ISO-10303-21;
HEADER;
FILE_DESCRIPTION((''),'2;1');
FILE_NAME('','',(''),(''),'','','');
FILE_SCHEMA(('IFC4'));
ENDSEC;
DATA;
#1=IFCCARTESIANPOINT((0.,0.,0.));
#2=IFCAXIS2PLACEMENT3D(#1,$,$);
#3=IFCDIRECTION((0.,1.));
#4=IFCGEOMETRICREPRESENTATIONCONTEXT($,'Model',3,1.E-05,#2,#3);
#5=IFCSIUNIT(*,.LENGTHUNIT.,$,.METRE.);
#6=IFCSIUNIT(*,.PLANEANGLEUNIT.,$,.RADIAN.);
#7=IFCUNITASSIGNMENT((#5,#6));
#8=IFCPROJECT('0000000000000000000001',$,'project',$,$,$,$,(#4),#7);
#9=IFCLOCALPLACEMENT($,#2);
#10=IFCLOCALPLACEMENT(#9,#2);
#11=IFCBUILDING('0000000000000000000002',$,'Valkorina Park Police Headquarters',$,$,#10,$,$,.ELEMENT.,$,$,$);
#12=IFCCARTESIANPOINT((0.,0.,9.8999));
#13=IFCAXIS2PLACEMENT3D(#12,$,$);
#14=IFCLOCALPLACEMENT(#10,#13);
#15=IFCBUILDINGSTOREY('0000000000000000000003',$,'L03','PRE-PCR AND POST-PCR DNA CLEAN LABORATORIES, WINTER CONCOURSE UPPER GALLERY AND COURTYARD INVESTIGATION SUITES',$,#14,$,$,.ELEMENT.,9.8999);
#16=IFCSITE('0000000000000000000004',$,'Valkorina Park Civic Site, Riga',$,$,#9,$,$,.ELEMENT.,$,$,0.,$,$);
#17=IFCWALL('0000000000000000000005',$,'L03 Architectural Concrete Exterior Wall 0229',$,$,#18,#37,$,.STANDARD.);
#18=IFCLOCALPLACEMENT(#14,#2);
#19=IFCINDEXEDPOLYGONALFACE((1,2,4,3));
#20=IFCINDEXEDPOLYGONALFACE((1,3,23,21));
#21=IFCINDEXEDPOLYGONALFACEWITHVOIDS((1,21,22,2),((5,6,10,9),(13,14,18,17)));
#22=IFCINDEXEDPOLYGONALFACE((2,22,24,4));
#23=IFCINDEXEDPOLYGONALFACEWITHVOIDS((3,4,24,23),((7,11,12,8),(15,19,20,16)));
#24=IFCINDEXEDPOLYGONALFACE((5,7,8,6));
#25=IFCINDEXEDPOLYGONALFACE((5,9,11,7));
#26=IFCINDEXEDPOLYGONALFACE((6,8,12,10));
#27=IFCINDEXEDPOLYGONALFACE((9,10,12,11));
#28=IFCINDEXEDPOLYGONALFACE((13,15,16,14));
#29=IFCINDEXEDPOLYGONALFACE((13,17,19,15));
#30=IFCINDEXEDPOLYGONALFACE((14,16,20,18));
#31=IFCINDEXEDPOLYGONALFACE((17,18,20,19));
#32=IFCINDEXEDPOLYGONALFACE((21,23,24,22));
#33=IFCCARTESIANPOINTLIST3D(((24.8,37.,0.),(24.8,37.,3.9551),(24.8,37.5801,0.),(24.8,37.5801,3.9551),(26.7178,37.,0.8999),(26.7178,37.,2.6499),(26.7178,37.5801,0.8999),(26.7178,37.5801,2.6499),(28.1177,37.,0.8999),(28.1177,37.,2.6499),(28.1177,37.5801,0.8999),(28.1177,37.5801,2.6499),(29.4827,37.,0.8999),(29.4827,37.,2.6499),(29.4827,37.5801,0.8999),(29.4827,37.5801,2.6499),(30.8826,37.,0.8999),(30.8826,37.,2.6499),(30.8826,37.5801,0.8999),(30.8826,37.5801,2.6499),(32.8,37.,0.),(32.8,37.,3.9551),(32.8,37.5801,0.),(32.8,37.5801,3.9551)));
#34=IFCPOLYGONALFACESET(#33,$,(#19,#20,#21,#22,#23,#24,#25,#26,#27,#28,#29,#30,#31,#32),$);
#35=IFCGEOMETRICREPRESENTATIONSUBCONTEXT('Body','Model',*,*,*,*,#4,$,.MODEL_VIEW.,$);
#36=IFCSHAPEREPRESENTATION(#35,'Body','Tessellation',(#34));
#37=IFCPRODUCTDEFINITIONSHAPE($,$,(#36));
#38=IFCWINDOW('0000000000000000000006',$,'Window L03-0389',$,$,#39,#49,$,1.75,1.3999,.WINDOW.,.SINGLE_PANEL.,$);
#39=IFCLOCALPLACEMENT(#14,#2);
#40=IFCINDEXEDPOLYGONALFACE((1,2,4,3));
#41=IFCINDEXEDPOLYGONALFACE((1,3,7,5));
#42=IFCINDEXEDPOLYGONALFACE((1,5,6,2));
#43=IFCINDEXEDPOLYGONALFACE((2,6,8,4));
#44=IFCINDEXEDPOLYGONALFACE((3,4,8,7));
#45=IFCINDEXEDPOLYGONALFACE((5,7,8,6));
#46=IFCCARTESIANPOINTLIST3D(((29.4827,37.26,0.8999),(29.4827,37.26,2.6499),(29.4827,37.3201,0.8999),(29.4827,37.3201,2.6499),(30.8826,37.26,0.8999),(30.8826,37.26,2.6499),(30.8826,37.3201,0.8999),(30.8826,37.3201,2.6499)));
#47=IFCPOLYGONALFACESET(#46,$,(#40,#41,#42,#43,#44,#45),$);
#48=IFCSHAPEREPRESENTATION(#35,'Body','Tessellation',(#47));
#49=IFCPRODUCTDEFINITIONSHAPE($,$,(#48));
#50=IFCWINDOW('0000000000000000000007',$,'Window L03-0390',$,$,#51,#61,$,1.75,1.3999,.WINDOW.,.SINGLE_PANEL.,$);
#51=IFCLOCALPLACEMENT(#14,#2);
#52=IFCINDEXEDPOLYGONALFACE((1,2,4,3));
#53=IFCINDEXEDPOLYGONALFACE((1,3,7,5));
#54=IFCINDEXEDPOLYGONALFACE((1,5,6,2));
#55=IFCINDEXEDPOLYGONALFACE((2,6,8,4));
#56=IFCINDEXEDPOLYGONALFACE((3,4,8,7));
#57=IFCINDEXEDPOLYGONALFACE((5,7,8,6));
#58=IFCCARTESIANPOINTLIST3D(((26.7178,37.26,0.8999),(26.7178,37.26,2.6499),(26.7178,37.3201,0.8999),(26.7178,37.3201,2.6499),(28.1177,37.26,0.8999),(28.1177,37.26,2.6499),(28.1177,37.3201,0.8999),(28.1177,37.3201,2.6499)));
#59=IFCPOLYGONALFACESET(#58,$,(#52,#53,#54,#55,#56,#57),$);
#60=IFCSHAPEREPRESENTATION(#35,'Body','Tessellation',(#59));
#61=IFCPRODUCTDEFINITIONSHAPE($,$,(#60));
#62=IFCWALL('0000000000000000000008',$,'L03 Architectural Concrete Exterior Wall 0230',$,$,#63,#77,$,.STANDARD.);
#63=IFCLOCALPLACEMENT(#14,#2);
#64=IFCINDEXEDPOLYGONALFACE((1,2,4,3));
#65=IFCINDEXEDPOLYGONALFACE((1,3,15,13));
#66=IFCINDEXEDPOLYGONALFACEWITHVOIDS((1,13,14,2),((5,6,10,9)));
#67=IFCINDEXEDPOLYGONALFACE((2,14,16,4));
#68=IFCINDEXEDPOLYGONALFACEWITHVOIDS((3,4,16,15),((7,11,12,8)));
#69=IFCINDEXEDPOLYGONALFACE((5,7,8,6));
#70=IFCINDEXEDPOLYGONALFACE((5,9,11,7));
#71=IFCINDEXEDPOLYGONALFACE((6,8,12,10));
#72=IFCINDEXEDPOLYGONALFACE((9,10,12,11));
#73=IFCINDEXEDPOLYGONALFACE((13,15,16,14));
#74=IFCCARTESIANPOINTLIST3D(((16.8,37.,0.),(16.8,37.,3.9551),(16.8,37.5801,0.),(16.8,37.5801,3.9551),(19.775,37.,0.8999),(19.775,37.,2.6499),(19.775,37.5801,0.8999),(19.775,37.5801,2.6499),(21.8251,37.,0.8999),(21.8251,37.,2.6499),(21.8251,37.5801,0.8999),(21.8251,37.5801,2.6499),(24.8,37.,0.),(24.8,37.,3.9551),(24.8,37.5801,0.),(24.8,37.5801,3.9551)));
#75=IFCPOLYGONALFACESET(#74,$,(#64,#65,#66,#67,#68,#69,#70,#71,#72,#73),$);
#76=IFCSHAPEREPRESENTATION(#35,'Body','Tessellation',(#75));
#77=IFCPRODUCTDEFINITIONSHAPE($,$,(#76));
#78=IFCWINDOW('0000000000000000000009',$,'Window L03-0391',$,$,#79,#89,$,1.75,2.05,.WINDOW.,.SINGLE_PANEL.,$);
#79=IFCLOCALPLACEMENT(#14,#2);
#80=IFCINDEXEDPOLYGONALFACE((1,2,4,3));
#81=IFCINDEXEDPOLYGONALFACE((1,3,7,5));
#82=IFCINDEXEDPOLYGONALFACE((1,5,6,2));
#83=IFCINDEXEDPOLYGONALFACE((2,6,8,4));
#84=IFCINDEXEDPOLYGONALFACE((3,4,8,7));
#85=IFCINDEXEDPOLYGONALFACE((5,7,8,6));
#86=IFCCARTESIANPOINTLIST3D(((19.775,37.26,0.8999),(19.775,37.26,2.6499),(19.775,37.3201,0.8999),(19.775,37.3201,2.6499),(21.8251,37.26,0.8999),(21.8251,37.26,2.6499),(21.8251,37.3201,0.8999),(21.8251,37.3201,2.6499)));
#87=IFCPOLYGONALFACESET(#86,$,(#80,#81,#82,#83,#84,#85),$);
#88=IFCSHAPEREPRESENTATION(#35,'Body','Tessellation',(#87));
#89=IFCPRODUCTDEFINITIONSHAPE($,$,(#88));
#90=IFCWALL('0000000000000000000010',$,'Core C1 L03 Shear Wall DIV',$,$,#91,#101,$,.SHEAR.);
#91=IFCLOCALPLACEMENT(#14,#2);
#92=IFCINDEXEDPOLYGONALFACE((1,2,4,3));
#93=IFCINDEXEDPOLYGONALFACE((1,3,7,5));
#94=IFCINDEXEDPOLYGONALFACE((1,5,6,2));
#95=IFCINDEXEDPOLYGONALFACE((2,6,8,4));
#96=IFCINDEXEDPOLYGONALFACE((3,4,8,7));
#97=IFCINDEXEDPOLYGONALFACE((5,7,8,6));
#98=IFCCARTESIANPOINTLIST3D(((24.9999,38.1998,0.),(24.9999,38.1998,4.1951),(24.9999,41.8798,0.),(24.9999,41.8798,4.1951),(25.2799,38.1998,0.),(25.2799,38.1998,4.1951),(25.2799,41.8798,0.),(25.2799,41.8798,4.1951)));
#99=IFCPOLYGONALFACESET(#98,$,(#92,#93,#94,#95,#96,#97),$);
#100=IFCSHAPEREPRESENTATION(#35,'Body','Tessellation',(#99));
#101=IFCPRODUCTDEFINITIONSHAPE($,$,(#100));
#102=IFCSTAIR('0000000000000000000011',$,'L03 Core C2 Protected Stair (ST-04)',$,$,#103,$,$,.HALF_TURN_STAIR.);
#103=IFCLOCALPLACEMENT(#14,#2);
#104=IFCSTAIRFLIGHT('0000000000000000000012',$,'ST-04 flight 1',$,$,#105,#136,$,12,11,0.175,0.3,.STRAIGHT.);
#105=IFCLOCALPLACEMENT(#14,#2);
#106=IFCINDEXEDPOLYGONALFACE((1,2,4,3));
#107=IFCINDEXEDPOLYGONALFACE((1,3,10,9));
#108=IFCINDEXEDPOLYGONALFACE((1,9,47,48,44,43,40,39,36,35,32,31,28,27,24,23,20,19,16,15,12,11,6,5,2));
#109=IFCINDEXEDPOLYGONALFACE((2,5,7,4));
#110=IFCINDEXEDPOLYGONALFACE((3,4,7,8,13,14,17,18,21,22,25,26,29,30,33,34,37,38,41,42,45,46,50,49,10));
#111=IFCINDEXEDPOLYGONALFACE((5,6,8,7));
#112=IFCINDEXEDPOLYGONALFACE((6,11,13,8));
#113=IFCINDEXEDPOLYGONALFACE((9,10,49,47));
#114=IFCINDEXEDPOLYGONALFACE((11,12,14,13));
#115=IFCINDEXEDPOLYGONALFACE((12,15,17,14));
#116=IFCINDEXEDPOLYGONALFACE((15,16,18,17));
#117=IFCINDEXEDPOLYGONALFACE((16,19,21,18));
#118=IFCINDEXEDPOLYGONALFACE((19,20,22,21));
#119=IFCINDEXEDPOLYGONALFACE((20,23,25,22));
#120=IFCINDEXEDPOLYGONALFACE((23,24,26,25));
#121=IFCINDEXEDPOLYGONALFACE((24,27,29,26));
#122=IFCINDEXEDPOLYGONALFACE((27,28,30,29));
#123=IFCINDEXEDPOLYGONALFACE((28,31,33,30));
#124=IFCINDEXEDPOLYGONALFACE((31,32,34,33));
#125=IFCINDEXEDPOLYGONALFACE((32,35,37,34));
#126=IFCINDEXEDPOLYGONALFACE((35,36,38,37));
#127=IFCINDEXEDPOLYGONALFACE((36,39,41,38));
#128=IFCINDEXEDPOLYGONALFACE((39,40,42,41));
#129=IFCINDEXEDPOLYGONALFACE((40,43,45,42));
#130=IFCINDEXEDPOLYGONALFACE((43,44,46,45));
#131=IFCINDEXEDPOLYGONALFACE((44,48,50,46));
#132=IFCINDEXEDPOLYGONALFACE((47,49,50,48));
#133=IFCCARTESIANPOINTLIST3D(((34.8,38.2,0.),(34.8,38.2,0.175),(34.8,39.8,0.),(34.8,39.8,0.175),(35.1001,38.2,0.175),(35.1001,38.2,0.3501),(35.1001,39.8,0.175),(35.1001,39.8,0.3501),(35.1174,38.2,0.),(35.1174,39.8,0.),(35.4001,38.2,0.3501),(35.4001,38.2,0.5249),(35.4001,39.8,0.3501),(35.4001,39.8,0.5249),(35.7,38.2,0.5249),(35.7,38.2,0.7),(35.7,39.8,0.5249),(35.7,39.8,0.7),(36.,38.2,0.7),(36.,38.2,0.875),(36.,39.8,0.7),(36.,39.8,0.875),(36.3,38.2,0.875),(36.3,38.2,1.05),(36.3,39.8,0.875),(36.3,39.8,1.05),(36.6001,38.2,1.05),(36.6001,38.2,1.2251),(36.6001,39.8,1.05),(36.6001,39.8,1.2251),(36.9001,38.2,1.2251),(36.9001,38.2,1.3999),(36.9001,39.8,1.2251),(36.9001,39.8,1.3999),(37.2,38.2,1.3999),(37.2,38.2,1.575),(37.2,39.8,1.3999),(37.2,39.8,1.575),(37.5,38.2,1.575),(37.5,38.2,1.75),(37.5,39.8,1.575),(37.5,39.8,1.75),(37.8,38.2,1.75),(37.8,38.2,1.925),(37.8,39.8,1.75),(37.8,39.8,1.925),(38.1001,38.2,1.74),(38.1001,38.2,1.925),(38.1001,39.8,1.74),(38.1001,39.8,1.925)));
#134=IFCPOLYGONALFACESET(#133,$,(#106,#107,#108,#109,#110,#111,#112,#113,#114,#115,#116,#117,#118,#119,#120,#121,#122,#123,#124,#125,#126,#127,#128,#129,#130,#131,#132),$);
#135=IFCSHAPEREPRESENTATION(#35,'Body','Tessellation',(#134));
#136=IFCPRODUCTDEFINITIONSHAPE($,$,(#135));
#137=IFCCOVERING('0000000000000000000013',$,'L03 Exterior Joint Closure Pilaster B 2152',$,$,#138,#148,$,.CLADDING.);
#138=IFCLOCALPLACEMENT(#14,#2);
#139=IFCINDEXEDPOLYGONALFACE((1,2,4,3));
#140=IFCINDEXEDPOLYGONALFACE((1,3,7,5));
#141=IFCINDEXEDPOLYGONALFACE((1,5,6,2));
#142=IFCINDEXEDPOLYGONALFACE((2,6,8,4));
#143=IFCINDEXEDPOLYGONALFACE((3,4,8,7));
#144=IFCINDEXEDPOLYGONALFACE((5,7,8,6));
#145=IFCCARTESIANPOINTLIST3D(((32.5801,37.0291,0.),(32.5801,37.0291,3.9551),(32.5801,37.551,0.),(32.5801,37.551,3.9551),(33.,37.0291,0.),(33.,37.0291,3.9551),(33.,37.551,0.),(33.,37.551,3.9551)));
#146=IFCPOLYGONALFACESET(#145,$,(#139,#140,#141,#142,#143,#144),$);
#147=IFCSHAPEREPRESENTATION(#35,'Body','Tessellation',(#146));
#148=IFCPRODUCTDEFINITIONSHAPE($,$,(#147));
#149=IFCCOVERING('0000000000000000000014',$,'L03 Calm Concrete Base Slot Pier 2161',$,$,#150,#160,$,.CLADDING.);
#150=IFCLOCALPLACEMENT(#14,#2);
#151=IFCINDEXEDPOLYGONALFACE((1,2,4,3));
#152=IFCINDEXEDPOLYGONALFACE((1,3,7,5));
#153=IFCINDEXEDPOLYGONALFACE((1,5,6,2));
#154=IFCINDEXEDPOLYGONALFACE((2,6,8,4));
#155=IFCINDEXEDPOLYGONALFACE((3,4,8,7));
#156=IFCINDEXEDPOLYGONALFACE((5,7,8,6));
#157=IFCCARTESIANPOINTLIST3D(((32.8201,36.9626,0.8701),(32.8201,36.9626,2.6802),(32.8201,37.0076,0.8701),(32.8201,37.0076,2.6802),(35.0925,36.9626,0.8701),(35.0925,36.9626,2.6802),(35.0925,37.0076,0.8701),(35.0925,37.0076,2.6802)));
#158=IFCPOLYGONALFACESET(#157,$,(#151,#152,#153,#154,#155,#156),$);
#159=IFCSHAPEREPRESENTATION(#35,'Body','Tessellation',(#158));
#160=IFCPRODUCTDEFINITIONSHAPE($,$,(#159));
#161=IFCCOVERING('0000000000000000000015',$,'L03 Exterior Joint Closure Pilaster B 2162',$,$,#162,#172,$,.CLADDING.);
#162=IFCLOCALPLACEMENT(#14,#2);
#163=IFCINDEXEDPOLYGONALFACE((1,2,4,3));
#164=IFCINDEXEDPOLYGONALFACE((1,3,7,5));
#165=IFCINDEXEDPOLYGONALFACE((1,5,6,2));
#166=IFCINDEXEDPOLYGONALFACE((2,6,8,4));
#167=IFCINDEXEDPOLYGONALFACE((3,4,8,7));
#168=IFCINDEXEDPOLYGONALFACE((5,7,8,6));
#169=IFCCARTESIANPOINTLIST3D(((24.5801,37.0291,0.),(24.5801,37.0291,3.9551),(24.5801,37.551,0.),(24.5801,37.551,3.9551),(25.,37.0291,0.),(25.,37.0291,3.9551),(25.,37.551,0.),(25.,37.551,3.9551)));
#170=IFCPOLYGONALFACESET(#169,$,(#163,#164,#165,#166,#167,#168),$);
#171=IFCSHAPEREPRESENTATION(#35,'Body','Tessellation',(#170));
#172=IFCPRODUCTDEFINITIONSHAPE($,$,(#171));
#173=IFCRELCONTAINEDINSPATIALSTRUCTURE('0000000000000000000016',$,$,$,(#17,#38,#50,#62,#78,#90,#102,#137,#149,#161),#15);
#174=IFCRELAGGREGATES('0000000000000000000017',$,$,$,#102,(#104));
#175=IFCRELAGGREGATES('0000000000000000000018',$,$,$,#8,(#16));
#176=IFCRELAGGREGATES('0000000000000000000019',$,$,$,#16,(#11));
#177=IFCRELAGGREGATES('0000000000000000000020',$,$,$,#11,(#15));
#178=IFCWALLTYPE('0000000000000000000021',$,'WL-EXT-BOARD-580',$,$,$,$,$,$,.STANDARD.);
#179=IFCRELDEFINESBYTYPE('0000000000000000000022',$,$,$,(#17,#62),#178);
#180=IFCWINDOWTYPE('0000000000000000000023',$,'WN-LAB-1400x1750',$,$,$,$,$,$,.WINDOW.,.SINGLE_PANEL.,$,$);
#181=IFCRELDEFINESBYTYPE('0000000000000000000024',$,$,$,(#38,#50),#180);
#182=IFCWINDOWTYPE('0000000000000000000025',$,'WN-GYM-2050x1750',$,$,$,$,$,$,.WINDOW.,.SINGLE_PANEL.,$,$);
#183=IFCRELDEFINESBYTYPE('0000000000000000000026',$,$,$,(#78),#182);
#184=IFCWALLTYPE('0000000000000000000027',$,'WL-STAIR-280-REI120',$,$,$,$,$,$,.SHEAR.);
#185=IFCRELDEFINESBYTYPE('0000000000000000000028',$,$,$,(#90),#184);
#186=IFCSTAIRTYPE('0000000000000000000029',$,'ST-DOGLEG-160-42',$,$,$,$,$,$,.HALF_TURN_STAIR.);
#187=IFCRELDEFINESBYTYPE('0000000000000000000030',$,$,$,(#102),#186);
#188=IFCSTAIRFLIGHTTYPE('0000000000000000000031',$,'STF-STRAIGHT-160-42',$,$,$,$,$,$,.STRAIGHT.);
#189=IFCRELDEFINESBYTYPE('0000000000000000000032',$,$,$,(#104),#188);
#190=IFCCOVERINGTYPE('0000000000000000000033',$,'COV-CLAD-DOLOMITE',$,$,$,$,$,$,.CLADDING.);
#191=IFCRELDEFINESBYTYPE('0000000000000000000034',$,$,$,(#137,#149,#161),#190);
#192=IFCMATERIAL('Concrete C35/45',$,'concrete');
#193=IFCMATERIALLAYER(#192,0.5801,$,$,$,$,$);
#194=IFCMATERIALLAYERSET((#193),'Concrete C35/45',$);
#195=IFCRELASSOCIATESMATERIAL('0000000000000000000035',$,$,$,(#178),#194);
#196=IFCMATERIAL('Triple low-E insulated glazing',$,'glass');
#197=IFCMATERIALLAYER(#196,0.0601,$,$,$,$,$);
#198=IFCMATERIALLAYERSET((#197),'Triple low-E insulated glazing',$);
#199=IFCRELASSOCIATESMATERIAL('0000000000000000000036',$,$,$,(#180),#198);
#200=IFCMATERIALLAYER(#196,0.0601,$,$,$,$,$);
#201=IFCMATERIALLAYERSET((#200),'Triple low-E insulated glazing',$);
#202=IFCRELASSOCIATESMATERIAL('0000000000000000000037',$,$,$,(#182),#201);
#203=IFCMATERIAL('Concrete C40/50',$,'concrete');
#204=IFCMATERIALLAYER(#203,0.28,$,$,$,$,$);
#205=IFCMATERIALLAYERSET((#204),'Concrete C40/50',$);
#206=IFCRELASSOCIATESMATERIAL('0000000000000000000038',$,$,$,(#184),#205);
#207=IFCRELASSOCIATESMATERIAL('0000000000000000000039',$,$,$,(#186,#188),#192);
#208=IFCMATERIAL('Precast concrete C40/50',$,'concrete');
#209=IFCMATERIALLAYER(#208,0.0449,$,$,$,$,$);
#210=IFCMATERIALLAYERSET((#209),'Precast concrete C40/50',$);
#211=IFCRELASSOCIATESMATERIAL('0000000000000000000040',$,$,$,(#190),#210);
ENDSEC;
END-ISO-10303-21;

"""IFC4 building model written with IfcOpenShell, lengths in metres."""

from ifc_helpers import new_model, si_unit, direction, frame, frame_2d, origin, origin_2d, place, context, subcontext, project, spatial, polyline, rectangle, outline, extrude, material, layer, layer_set, type_object, element, fill, aggregate, save


model = new_model("IFC4")

# Units and contexts
model_context = context("Model", 3, precision=1e-05, world=origin(), true_north=direction((0.0, 1.0)))
body_context = subcontext(model_context, "Body", "Model", "MODEL_VIEW")
ifc_project = project(units=[si_unit("LENGTHUNIT", "METRE"), si_unit("PLANEANGLEUNIT", "RADIAN")], contexts=[model_context])

# Site, building, storey
site_placement = place(None, origin())
site = spatial("IfcSite", under=ifc_project, at=site_placement, Name="Valkorina Park Civic Site, Riga", CompositionType="ELEMENT", RefElevation=0.0)
building_placement = place(site_placement, origin())
building = spatial("IfcBuilding", under=site, at=building_placement, Name="Valkorina Park Police Headquarters", CompositionType="ELEMENT")
storey_placement = place(building_placement, frame((0.0, 0.0, 9.8999)))
storey = spatial("IfcBuildingStorey", under=building, at=storey_placement, Name="L03", Description="PRE-PCR AND POST-PCR DNA CLEAN LABORATORIES, WINTER CONCOURSE UPPER GALLERY AND COURTYARD INVESTIGATION SUITES", CompositionType="ELEMENT", Elevation=9.8999)

# Shared definitions
ifc_material_1 = material(Name="Concrete C40/50", Category="concrete")

# Wall, openings, windows
ifc_material_2 = material(Name="Concrete C35/45", Category="concrete")
ifc_layer_1 = layer(ifc_material_2, 0.5801)
ifc_layer_set_1 = layer_set([ifc_layer_1], Name="Concrete C35/45")
wall_type_1 = type_object("IfcWallType", Name="WL-EXT-BOARD-580", PredefinedType="STANDARD", material=ifc_layer_set_1)
wall_1_placement = place(storey_placement, frame((32.8, 37.29, 0.0), z_axis=(0.0, 0.0, 1.0), x_axis=(-1.0, 0.0, 0.0)))
wall_1 = element("IfcWall", 1, at=wall_1_placement, inside=storey, type_object=wall_type_1, Name="L03 Architectural Concrete Exterior Wall 0229", PredefinedType="STANDARD", context=body_context, shape_type="SweptSolid", body=[
    extrude(rectangle(XDim=8.0, YDim=0.5801, at=frame_2d((4.0, 0.0))), origin(), (0.0, 0.0, 1.0), 3.9551),
])
opening_1_placement = place(wall_1_placement, frame((1.9175, 0.0, 0.8999)))
opening_1 = element("IfcOpeningElement", 2, at=opening_1_placement, cuts=wall_1, PredefinedType="OPENING", context=body_context, shape_type="SweptSolid", body=[
    extrude(rectangle(XDim=1.3999, YDim=1.75, at=frame_2d((0.7, 0.875))), frame((0.0, 0.3, 0.0), z_axis=(0.0, -1.0, 0.0), x_axis=(1.0, 0.0, 0.0)), (0.0, 0.0, 1.0), 0.6001),
])
opening_2_placement = place(wall_1_placement, frame((4.6824, 0.0, 0.8999)))
opening_2 = element("IfcOpeningElement", 3, at=opening_2_placement, cuts=wall_1, PredefinedType="OPENING", context=body_context, shape_type="SweptSolid", body=[
    extrude(rectangle(XDim=1.3999, YDim=1.75, at=frame_2d((0.7, 0.875))), frame((0.0, 0.3, 0.0), z_axis=(0.0, -1.0, 0.0), x_axis=(1.0, 0.0, 0.0)), (0.0, 0.0, 1.0), 0.6001),
])
ifc_material_3 = material(Name="Triple low-E insulated glazing", Category="glass")
ifc_layer_2 = layer(ifc_material_3, 0.0601)
ifc_layer_set_2 = layer_set([ifc_layer_2], Name="Triple low-E insulated glazing")
window_type_1 = type_object("IfcWindowType", Name="WN-LAB-1400x1750", PartitioningType="SINGLE_PANEL", PredefinedType="WINDOW", material=ifc_layer_set_2)
window_1_placement = place(opening_1_placement, origin())
window_1 = element("IfcWindow", 4, at=window_1_placement, inside=storey, type_object=window_type_1, Name="Window L03-0389", OverallHeight=1.75, OverallWidth=1.3999, PartitioningType="SINGLE_PANEL", PredefinedType="WINDOW", context=body_context, shape_type="SweptSolid", body=[
    extrude(rectangle(XDim=1.3999, YDim=1.75, at=frame_2d((0.7, 0.875))), frame((0.0, 0.03, 0.0), z_axis=(0.0, -1.0, 0.0), x_axis=(1.0, 0.0, 0.0)), (0.0, 0.0, 1.0), 0.0601),
])
fill(opening_1, window_1)
window_2_placement = place(opening_2_placement, origin())
window_2 = element("IfcWindow", 5, at=window_2_placement, inside=storey, type_object=window_type_1, Name="Window L03-0390", OverallHeight=1.75, OverallWidth=1.3999, PartitioningType="SINGLE_PANEL", PredefinedType="WINDOW", context=body_context, shape_type="SweptSolid", body=[
    extrude(rectangle(XDim=1.3999, YDim=1.75, at=frame_2d((0.7, 0.875))), frame((0.0, 0.03, 0.0), z_axis=(0.0, -1.0, 0.0), x_axis=(1.0, 0.0, 0.0)), (0.0, 0.0, 1.0), 0.0601),
])
fill(opening_2, window_2)

# Wall, opening, window
wall_2_placement = place(storey_placement, frame((24.8, 37.29, 0.0), z_axis=(0.0, 0.0, 1.0), x_axis=(-1.0, 0.0, 0.0)))
wall_2 = element("IfcWall", 6, at=wall_2_placement, inside=storey, type_object=wall_type_1, Name="L03 Architectural Concrete Exterior Wall 0230", PredefinedType="STANDARD", context=body_context, shape_type="SweptSolid", body=[
    extrude(rectangle(XDim=8.0, YDim=0.5801, at=frame_2d((4.0, 0.0))), origin(), (0.0, 0.0, 1.0), 3.9551),
])
opening_3_placement = place(wall_2_placement, frame((2.9751, 0.0, 0.8999)))
opening_3 = element("IfcOpeningElement", 7, at=opening_3_placement, cuts=wall_2, PredefinedType="OPENING", context=body_context, shape_type="SweptSolid", body=[
    extrude(rectangle(XDim=2.05, YDim=1.75, at=frame_2d((1.0249, 0.875))), frame((0.0, 0.3, 0.0), z_axis=(0.0, -1.0, 0.0), x_axis=(1.0, 0.0, 0.0)), (0.0, 0.0, 1.0), 0.6001),
])
ifc_layer_3 = layer(ifc_material_3, 0.0601)
ifc_layer_set_3 = layer_set([ifc_layer_3], Name="Triple low-E insulated glazing")
window_type_2 = type_object("IfcWindowType", Name="WN-GYM-2050x1750", PartitioningType="SINGLE_PANEL", PredefinedType="WINDOW", material=ifc_layer_set_3)
window_3_placement = place(opening_3_placement, origin())
window_3 = element("IfcWindow", 8, at=window_3_placement, inside=storey, type_object=window_type_2, Name="Window L03-0391", OverallHeight=1.75, OverallWidth=2.05, PartitioningType="SINGLE_PANEL", PredefinedType="WINDOW", context=body_context, shape_type="SweptSolid", body=[
    extrude(rectangle(XDim=2.05, YDim=1.75, at=frame_2d((1.0249, 0.875))), frame((0.0, 0.03, 0.0), z_axis=(0.0, -1.0, 0.0), x_axis=(1.0, 0.0, 0.0)), (0.0, 0.0, 1.0), 0.0601),
])
fill(opening_3, window_3)

# Wall
ifc_layer_4 = layer(ifc_material_1, 0.28)
ifc_layer_set_4 = layer_set([ifc_layer_4], Name="Concrete C40/50")
wall_type_2 = type_object("IfcWallType", Name="WL-STAIR-280-REI120", PredefinedType="SHEAR", material=ifc_layer_set_4)
wall_3_placement = place(storey_placement, frame((25.1399, 38.2, 0.0), z_axis=(0.0, 0.0, 1.0), x_axis=(0.0, 1.0, 0.0)))
element("IfcWall", 9, at=wall_3_placement, inside=storey, type_object=wall_type_2, Name="Core C1 L03 Shear Wall DIV", PredefinedType="SHEAR", context=body_context, shape_type="SweptSolid", body=[
    extrude(rectangle(XDim=3.6799, YDim=0.28, at=frame_2d((1.8398, 0.0))), origin(), (0.0, 0.0, 1.0), 4.1951),
])

# Stair, stair flight
stair_type = type_object("IfcStairType", Name="ST-DOGLEG-160-42", PredefinedType="HALF_TURN_STAIR", material=ifc_material_2)
stair_placement = place(storey_placement, origin())
stair = element("IfcStair", 10, at=stair_placement, inside=storey, type_object=stair_type, Name="L03 Core C2 Protected Stair (ST-04)", PredefinedType="HALF_TURN_STAIR")
stair_flight_type = type_object("IfcStairFlightType", Name="STF-STRAIGHT-160-42", PredefinedType="STRAIGHT", material=ifc_material_2)
stair_flight_placement = place(storey_placement, frame((34.8, 39.0, 0.0), z_axis=(0.0, 0.0, 1.0), x_axis=(1.0, 0.0, 0.0)))
stair_flight = element("IfcStairFlight", 11, at=stair_flight_placement, type_object=stair_flight_type, Name="ST-04 flight 1", NumberOfRisers=12, NumberOfTreads=11, PredefinedType="STRAIGHT", RiserHeight=0.175, TreadLength=0.3, context=body_context, shape_type="SweptSolid", body=[
    extrude(outline(polyline([(0.0, 0.0), (0.0, 0.175), (0.3, 0.175), (0.3, 0.3501), (0.6001, 0.3501), (0.6001, 0.5249), (0.8999, 0.5249), (0.8999, 0.7), (1.2, 0.7), (1.2, 0.875), (1.5, 0.875), (1.5, 1.05), (1.8, 1.05), (1.8, 1.2251), (2.1001, 1.2251), (2.1001, 1.3999), (2.3999, 1.3999), (2.3999, 1.575), (2.7, 1.575), (2.7, 1.75), (3.0, 1.75), (3.0, 1.925), (3.3, 1.925), (3.3, 2.1001), (3.3, 1.74), (0.3174, 0.0), (0.0, 0.0)])), frame((0.0, 0.8, 0.0), z_axis=(0.0, -1.0, 0.0), x_axis=(1.0, 0.0, 0.0)), (0.0, 0.0, 1.0), 1.6001),
])
aggregate(stair, [stair_flight])

# Coverings
ifc_material_4 = material(Name="Precast concrete C40/50", Category="concrete")
ifc_layer_5 = layer(ifc_material_4, 0.0449)
ifc_layer_set_5 = layer_set([ifc_layer_5], Name="Precast concrete C40/50")
covering_type = type_object("IfcCoveringType", Name="COV-CLAD-DOLOMITE", PredefinedType="CLADDING", material=ifc_layer_set_5)
covering_1_placement = place(storey_placement, frame((32.79, 37.29, 0.0), z_axis=(0.0, 0.0, 1.0), x_axis=(1.0, 0.0, 0.0)))
element("IfcCovering", 12, at=covering_1_placement, inside=storey, type_object=covering_type, Name="L03 Exterior Joint Closure Pilaster B 2152", PredefinedType="CLADDING", context=body_context, shape_type="SweptSolid", body=[
    extrude(rectangle(XDim=0.4199, YDim=0.522, at=origin_2d()), origin(), (0.0, 0.0, 1.0), 3.9551),
])
covering_2_placement = place(storey_placement, frame((35.0925, 36.9851, 0.8701), z_axis=(0.0, 0.0, 1.0), x_axis=(-1.0, 0.0, 0.0)))
element("IfcCovering", 13, at=covering_2_placement, inside=storey, type_object=covering_type, Name="L03 Calm Concrete Base Slot Pier 2161", PredefinedType="CLADDING", context=body_context, shape_type="SweptSolid", body=[
    extrude(rectangle(XDim=2.2725, YDim=0.0449, at=frame_2d((1.1362, 0.0))), origin(), (0.0, 0.0, 1.0), 1.8101),
])
covering_3_placement = place(storey_placement, frame((24.79, 37.29, 0.0), z_axis=(0.0, 0.0, 1.0), x_axis=(1.0, 0.0, 0.0)))
element("IfcCovering", 14, at=covering_3_placement, inside=storey, type_object=covering_type, Name="L03 Exterior Joint Closure Pilaster B 2162", PredefinedType="CLADDING", context=body_context, shape_type="SweptSolid", body=[
    extrude(rectangle(XDim=0.4199, YDim=0.522, at=origin_2d()), origin(), (0.0, 0.0, 1.0), 3.9551),
])

save(model, "model.ifc")
